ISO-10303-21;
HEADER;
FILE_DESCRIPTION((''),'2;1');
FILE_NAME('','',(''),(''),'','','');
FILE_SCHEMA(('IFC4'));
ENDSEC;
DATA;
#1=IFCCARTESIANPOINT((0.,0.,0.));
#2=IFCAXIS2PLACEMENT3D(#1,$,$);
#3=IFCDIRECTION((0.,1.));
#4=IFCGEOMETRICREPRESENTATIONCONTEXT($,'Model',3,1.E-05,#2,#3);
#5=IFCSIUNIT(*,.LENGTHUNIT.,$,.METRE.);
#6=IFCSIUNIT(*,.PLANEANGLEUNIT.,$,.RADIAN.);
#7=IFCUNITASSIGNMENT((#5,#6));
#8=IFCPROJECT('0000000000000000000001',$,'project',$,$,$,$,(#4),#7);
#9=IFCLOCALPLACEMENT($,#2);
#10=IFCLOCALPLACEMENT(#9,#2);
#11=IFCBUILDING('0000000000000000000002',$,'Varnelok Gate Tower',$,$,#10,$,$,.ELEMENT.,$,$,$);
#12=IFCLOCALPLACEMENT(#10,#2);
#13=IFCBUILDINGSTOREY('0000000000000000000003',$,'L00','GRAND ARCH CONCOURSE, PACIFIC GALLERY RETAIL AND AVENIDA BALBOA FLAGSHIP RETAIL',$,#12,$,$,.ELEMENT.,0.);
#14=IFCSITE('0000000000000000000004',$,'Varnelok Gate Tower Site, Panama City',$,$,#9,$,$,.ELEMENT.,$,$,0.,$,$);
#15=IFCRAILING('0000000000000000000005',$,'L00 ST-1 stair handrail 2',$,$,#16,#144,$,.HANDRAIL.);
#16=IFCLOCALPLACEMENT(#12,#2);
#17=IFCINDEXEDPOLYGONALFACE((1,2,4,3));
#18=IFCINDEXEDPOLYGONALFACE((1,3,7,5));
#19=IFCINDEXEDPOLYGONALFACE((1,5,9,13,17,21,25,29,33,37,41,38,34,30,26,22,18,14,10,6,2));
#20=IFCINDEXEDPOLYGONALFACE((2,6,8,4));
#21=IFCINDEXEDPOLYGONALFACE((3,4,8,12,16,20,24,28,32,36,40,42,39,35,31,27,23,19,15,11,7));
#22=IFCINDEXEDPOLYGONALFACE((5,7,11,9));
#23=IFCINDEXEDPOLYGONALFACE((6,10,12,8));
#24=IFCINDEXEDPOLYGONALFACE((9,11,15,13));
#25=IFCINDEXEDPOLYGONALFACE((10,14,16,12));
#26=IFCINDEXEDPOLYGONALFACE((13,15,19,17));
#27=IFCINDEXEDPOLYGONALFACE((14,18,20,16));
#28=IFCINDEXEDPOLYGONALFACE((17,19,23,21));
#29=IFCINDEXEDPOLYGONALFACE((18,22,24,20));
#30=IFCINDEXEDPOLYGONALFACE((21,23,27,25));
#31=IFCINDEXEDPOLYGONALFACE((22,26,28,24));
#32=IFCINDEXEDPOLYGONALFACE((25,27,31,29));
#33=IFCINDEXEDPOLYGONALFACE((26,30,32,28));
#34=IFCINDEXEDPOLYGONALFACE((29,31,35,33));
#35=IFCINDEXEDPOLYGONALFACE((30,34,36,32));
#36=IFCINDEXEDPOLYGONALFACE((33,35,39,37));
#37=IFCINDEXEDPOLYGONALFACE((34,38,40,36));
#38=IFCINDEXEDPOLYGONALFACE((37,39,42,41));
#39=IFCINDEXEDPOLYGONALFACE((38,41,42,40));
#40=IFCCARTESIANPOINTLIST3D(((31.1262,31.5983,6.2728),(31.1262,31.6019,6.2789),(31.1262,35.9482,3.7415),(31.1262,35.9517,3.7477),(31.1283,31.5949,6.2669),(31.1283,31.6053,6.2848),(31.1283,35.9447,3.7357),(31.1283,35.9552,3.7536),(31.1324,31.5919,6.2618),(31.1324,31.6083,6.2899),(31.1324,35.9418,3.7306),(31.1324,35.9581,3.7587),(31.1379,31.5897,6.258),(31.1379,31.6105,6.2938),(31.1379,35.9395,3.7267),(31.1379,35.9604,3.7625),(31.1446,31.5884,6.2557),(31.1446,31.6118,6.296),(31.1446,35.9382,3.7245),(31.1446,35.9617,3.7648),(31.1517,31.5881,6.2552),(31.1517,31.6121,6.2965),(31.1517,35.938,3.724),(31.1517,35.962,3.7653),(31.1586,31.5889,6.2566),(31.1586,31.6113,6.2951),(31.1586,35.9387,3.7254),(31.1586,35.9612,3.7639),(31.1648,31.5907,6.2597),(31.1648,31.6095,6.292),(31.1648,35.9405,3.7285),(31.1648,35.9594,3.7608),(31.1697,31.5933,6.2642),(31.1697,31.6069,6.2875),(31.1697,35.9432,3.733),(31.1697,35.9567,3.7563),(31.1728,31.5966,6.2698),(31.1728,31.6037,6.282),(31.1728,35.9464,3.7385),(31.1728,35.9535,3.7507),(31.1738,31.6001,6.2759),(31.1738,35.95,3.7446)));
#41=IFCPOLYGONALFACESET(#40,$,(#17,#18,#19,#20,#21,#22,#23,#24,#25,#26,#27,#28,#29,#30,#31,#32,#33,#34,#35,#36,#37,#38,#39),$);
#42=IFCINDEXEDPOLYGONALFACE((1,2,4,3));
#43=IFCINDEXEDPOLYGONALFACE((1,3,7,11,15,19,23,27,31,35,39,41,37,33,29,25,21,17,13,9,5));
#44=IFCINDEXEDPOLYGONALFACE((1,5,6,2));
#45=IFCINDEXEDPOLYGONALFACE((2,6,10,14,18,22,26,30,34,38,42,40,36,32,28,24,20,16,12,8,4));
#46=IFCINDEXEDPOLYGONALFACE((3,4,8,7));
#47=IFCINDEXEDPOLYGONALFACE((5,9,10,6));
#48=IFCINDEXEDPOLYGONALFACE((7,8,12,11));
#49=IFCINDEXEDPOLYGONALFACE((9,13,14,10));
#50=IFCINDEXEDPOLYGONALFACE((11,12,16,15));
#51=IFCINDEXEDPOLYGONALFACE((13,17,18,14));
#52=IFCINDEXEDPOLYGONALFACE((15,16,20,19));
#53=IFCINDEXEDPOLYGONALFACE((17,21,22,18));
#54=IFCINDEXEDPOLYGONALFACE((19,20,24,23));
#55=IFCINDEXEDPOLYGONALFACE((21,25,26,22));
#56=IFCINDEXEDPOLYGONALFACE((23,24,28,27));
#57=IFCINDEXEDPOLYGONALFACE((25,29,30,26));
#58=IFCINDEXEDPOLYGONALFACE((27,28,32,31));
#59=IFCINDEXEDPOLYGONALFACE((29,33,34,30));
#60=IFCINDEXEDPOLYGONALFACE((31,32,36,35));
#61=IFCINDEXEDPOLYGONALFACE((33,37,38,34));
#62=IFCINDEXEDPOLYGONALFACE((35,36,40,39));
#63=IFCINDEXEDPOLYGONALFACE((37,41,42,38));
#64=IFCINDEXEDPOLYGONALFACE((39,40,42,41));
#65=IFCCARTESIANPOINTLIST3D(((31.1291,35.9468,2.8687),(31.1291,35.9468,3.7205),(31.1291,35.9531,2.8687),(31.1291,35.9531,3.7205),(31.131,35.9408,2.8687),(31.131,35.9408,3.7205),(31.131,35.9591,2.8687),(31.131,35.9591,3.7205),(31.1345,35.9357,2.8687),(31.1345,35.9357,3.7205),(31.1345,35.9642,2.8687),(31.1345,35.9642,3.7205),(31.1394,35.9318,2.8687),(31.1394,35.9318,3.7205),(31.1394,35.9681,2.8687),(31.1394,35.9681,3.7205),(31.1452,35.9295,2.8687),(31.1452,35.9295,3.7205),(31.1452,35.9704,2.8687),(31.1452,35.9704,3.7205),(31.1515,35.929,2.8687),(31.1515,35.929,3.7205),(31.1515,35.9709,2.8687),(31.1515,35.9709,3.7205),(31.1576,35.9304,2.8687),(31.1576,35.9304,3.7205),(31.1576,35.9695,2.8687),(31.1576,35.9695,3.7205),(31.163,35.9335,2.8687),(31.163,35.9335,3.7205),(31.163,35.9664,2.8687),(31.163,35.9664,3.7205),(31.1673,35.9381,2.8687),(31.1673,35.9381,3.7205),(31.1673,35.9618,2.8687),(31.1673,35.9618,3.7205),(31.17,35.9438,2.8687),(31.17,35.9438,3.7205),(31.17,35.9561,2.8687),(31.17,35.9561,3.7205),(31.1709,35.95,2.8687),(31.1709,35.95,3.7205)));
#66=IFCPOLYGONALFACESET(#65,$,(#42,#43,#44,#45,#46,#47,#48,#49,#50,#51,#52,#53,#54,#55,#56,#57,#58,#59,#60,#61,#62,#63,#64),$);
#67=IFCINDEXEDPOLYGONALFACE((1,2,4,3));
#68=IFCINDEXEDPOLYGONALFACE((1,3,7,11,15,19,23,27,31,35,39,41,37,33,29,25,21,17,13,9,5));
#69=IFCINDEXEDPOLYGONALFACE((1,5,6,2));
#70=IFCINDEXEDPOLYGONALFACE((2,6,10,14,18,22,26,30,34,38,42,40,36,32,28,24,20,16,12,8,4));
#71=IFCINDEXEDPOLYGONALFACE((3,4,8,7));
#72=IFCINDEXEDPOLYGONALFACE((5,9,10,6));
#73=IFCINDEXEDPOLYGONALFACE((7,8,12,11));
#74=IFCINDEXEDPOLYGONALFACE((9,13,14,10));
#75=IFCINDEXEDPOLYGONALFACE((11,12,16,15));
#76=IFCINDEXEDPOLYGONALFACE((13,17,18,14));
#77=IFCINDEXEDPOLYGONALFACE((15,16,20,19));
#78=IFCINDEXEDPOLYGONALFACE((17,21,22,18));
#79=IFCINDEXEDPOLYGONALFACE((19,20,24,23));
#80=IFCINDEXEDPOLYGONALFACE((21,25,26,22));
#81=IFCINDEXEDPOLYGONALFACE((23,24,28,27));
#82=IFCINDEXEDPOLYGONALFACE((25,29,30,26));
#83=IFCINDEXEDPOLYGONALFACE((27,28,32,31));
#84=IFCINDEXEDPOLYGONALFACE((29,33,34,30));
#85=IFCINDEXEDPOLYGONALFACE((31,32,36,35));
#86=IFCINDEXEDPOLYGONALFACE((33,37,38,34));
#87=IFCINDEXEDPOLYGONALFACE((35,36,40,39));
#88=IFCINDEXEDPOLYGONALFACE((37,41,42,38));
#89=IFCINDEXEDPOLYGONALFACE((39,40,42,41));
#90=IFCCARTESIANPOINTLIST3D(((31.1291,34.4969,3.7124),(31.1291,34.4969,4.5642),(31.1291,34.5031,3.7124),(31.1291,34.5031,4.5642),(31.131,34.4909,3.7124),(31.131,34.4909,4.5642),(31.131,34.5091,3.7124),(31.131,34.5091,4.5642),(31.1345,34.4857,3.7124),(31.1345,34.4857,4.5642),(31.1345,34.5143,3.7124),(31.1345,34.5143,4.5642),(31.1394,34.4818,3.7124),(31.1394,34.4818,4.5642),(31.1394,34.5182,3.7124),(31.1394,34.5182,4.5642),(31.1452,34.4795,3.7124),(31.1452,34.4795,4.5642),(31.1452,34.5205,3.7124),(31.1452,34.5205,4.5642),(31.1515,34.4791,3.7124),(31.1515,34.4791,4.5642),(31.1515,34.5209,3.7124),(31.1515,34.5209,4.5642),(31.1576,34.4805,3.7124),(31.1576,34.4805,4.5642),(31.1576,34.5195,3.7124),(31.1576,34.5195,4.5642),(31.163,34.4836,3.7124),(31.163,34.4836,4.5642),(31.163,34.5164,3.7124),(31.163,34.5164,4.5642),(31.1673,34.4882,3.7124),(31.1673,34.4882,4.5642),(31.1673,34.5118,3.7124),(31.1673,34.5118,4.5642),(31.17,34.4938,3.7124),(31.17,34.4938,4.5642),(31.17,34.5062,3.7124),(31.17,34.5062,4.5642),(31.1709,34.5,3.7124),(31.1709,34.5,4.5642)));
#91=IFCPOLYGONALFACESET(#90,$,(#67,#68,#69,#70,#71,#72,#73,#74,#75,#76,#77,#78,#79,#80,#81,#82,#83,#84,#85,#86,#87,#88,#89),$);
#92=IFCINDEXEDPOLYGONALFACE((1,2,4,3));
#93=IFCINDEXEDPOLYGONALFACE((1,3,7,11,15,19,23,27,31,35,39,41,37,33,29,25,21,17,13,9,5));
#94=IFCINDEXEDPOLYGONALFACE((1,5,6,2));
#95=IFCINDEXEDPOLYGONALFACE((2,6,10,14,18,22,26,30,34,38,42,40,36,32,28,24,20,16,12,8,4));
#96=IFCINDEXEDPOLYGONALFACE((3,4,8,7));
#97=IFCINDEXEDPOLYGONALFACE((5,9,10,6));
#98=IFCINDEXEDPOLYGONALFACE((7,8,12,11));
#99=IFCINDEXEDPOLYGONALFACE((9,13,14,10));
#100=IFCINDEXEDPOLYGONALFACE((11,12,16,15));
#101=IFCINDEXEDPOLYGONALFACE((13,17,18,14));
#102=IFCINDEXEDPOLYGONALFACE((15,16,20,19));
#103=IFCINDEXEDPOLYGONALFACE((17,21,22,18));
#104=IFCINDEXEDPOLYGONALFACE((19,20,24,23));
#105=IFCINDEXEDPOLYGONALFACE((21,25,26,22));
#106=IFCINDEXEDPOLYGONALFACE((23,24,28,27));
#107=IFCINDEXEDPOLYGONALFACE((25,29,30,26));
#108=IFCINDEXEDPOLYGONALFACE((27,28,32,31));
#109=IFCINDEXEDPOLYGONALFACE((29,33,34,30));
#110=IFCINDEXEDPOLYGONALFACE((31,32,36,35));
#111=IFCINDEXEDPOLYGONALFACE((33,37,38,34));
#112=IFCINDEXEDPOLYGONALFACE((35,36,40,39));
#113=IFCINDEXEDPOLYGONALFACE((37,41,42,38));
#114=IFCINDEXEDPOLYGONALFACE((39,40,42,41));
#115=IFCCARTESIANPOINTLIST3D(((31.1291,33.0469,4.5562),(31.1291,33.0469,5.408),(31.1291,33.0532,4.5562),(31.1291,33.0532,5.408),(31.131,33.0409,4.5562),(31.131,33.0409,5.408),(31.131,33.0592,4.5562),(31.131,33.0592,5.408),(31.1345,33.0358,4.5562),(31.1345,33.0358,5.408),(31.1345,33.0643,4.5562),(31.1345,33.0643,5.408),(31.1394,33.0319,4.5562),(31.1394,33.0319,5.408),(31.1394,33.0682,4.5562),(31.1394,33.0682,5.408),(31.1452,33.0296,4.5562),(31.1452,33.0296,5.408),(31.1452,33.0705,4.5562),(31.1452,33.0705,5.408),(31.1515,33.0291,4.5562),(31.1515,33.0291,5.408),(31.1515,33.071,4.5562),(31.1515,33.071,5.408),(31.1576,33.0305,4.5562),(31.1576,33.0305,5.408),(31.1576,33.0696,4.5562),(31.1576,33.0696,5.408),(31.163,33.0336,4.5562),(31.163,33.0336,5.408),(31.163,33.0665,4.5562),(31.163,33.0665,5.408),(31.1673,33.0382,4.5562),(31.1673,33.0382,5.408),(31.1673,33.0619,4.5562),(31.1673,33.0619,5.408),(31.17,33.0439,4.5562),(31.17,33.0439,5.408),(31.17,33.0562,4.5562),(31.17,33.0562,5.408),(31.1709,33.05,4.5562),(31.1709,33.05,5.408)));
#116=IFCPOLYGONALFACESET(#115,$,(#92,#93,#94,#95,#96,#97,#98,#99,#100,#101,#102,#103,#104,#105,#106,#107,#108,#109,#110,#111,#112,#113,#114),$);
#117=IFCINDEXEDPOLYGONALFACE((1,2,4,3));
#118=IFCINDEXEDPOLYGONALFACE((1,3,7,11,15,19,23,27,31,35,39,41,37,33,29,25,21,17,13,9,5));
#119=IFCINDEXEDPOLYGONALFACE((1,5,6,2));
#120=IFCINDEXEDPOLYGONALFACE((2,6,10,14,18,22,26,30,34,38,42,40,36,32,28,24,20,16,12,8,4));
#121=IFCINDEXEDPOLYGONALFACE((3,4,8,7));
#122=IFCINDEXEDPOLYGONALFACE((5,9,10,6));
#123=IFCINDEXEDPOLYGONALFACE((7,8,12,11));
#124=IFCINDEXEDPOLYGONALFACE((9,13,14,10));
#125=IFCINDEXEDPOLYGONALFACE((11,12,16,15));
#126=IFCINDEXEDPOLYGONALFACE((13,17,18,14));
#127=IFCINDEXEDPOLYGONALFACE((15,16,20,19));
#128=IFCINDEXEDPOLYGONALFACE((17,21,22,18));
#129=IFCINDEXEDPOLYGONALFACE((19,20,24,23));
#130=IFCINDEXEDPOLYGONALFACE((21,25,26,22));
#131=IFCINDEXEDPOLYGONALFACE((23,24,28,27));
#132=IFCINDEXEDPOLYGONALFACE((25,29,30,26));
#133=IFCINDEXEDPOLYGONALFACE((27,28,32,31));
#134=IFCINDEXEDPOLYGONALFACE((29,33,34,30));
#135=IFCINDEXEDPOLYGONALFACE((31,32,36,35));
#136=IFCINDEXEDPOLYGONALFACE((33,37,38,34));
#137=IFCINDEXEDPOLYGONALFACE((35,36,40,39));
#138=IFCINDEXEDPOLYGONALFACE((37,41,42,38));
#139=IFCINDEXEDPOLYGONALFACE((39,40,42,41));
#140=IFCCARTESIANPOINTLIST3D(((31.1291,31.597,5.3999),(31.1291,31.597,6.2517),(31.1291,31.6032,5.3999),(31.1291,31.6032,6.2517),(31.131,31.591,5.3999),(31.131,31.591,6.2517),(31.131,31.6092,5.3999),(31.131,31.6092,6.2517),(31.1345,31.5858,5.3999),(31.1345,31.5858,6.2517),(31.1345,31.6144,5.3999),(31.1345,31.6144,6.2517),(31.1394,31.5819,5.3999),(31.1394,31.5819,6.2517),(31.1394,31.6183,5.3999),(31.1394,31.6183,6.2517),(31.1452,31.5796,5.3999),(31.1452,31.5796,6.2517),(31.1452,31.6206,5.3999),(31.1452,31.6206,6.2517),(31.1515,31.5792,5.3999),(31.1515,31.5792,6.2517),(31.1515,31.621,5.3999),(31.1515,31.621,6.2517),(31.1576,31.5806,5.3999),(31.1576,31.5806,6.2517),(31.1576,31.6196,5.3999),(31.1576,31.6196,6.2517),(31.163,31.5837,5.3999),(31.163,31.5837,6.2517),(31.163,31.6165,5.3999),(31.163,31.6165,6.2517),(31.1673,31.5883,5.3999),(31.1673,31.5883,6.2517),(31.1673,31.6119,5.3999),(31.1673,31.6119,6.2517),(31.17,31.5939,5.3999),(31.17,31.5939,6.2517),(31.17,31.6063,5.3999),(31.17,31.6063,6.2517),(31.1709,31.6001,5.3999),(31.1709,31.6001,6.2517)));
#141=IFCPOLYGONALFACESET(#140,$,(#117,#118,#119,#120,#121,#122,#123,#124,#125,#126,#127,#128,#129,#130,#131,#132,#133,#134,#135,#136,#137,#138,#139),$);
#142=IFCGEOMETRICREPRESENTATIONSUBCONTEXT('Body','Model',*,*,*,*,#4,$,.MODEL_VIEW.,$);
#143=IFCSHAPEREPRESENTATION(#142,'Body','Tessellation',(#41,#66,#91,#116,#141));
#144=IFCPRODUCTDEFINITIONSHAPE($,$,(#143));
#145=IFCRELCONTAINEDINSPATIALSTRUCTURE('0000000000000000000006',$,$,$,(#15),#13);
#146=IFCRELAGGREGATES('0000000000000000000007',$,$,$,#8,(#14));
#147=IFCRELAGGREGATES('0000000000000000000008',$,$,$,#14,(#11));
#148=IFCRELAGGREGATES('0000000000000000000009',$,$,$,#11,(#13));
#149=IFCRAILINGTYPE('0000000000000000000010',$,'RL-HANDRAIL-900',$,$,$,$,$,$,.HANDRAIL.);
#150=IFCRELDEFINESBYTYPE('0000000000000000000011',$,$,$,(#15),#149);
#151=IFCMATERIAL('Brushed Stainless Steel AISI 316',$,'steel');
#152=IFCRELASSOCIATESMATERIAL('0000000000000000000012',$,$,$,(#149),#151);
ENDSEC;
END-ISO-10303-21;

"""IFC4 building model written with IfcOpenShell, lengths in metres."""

from ifc_helpers import new_model, si_unit, direction, frame, origin, origin_2d, place, context, subcontext, project, spatial, circle, extrude, material, type_object, element, save


model = new_model("IFC4")

# Units and contexts
model_context = context("Model", 3, precision=1e-05, world=origin(), true_north=direction((0.0, 1.0)))
body_context = subcontext(model_context, "Body", "Model", "MODEL_VIEW")
ifc_project = project(units=[si_unit("LENGTHUNIT", "METRE"), si_unit("PLANEANGLEUNIT", "RADIAN")], contexts=[model_context])

# Site, building, storey
site_placement = place(None, origin())
site = spatial("IfcSite", under=ifc_project, at=site_placement, Name="Varnelok Gate Tower Site, Panama City", CompositionType="ELEMENT", RefElevation=0.0)
building_placement = place(site_placement, origin())
building = spatial("IfcBuilding", under=site, at=building_placement, Name="Varnelok Gate Tower", CompositionType="ELEMENT")
storey_placement = place(building_placement, origin())
storey = spatial("IfcBuildingStorey", under=building, at=storey_placement, Name="L00", Description="GRAND ARCH CONCOURSE, PACIFIC GALLERY RETAIL AND AVENIDA BALBOA FLAGSHIP RETAIL", CompositionType="ELEMENT", Elevation=0.0)

# Railing
ifc_material_1 = material(Name="Brushed Stainless Steel AISI 316", Category="steel")
railing_type_1 = type_object("IfcRailingType", Name="RL-HANDRAIL-900", PredefinedType="HANDRAIL", material=ifc_material_1)
railing_1_placement = place(storey_placement, frame((31.1499, 35.95, 2.8687)))
element("IfcRailing", 1, at=railing_1_placement, inside=storey, type_object=railing_type_1, Name="L00 ST-1 stair handrail 2", PredefinedType="HANDRAIL", context=body_context, shape_type="SweptSolid", body=[
    extrude(circle(Radius=0.0239, at=origin_2d()), frame((0.0, 0.0, 0.876), z_axis=(0.0, -0.864312, 0.502957), x_axis=(1.0, 0.0, 0.0)), (0.0, 0.0, 1.0), 5.0327),
    extrude(circle(Radius=0.021, at=origin_2d()), origin(), (0.0, 0.0, 1.0), 0.8518),
    extrude(circle(Radius=0.021, at=origin_2d()), frame((0.0, -1.45, 0.8438)), (0.0, 0.0, 1.0), 0.8518),
    extrude(circle(Radius=0.021, at=origin_2d()), frame((0.0, -2.8999, 1.6875)), (0.0, 0.0, 1.0), 0.8518),
    extrude(circle(Radius=0.021, at=origin_2d()), frame((0.0, -4.3499, 2.5312)), (0.0, 0.0, 1.0), 0.8518),
])

save(model, "model.ifc")
